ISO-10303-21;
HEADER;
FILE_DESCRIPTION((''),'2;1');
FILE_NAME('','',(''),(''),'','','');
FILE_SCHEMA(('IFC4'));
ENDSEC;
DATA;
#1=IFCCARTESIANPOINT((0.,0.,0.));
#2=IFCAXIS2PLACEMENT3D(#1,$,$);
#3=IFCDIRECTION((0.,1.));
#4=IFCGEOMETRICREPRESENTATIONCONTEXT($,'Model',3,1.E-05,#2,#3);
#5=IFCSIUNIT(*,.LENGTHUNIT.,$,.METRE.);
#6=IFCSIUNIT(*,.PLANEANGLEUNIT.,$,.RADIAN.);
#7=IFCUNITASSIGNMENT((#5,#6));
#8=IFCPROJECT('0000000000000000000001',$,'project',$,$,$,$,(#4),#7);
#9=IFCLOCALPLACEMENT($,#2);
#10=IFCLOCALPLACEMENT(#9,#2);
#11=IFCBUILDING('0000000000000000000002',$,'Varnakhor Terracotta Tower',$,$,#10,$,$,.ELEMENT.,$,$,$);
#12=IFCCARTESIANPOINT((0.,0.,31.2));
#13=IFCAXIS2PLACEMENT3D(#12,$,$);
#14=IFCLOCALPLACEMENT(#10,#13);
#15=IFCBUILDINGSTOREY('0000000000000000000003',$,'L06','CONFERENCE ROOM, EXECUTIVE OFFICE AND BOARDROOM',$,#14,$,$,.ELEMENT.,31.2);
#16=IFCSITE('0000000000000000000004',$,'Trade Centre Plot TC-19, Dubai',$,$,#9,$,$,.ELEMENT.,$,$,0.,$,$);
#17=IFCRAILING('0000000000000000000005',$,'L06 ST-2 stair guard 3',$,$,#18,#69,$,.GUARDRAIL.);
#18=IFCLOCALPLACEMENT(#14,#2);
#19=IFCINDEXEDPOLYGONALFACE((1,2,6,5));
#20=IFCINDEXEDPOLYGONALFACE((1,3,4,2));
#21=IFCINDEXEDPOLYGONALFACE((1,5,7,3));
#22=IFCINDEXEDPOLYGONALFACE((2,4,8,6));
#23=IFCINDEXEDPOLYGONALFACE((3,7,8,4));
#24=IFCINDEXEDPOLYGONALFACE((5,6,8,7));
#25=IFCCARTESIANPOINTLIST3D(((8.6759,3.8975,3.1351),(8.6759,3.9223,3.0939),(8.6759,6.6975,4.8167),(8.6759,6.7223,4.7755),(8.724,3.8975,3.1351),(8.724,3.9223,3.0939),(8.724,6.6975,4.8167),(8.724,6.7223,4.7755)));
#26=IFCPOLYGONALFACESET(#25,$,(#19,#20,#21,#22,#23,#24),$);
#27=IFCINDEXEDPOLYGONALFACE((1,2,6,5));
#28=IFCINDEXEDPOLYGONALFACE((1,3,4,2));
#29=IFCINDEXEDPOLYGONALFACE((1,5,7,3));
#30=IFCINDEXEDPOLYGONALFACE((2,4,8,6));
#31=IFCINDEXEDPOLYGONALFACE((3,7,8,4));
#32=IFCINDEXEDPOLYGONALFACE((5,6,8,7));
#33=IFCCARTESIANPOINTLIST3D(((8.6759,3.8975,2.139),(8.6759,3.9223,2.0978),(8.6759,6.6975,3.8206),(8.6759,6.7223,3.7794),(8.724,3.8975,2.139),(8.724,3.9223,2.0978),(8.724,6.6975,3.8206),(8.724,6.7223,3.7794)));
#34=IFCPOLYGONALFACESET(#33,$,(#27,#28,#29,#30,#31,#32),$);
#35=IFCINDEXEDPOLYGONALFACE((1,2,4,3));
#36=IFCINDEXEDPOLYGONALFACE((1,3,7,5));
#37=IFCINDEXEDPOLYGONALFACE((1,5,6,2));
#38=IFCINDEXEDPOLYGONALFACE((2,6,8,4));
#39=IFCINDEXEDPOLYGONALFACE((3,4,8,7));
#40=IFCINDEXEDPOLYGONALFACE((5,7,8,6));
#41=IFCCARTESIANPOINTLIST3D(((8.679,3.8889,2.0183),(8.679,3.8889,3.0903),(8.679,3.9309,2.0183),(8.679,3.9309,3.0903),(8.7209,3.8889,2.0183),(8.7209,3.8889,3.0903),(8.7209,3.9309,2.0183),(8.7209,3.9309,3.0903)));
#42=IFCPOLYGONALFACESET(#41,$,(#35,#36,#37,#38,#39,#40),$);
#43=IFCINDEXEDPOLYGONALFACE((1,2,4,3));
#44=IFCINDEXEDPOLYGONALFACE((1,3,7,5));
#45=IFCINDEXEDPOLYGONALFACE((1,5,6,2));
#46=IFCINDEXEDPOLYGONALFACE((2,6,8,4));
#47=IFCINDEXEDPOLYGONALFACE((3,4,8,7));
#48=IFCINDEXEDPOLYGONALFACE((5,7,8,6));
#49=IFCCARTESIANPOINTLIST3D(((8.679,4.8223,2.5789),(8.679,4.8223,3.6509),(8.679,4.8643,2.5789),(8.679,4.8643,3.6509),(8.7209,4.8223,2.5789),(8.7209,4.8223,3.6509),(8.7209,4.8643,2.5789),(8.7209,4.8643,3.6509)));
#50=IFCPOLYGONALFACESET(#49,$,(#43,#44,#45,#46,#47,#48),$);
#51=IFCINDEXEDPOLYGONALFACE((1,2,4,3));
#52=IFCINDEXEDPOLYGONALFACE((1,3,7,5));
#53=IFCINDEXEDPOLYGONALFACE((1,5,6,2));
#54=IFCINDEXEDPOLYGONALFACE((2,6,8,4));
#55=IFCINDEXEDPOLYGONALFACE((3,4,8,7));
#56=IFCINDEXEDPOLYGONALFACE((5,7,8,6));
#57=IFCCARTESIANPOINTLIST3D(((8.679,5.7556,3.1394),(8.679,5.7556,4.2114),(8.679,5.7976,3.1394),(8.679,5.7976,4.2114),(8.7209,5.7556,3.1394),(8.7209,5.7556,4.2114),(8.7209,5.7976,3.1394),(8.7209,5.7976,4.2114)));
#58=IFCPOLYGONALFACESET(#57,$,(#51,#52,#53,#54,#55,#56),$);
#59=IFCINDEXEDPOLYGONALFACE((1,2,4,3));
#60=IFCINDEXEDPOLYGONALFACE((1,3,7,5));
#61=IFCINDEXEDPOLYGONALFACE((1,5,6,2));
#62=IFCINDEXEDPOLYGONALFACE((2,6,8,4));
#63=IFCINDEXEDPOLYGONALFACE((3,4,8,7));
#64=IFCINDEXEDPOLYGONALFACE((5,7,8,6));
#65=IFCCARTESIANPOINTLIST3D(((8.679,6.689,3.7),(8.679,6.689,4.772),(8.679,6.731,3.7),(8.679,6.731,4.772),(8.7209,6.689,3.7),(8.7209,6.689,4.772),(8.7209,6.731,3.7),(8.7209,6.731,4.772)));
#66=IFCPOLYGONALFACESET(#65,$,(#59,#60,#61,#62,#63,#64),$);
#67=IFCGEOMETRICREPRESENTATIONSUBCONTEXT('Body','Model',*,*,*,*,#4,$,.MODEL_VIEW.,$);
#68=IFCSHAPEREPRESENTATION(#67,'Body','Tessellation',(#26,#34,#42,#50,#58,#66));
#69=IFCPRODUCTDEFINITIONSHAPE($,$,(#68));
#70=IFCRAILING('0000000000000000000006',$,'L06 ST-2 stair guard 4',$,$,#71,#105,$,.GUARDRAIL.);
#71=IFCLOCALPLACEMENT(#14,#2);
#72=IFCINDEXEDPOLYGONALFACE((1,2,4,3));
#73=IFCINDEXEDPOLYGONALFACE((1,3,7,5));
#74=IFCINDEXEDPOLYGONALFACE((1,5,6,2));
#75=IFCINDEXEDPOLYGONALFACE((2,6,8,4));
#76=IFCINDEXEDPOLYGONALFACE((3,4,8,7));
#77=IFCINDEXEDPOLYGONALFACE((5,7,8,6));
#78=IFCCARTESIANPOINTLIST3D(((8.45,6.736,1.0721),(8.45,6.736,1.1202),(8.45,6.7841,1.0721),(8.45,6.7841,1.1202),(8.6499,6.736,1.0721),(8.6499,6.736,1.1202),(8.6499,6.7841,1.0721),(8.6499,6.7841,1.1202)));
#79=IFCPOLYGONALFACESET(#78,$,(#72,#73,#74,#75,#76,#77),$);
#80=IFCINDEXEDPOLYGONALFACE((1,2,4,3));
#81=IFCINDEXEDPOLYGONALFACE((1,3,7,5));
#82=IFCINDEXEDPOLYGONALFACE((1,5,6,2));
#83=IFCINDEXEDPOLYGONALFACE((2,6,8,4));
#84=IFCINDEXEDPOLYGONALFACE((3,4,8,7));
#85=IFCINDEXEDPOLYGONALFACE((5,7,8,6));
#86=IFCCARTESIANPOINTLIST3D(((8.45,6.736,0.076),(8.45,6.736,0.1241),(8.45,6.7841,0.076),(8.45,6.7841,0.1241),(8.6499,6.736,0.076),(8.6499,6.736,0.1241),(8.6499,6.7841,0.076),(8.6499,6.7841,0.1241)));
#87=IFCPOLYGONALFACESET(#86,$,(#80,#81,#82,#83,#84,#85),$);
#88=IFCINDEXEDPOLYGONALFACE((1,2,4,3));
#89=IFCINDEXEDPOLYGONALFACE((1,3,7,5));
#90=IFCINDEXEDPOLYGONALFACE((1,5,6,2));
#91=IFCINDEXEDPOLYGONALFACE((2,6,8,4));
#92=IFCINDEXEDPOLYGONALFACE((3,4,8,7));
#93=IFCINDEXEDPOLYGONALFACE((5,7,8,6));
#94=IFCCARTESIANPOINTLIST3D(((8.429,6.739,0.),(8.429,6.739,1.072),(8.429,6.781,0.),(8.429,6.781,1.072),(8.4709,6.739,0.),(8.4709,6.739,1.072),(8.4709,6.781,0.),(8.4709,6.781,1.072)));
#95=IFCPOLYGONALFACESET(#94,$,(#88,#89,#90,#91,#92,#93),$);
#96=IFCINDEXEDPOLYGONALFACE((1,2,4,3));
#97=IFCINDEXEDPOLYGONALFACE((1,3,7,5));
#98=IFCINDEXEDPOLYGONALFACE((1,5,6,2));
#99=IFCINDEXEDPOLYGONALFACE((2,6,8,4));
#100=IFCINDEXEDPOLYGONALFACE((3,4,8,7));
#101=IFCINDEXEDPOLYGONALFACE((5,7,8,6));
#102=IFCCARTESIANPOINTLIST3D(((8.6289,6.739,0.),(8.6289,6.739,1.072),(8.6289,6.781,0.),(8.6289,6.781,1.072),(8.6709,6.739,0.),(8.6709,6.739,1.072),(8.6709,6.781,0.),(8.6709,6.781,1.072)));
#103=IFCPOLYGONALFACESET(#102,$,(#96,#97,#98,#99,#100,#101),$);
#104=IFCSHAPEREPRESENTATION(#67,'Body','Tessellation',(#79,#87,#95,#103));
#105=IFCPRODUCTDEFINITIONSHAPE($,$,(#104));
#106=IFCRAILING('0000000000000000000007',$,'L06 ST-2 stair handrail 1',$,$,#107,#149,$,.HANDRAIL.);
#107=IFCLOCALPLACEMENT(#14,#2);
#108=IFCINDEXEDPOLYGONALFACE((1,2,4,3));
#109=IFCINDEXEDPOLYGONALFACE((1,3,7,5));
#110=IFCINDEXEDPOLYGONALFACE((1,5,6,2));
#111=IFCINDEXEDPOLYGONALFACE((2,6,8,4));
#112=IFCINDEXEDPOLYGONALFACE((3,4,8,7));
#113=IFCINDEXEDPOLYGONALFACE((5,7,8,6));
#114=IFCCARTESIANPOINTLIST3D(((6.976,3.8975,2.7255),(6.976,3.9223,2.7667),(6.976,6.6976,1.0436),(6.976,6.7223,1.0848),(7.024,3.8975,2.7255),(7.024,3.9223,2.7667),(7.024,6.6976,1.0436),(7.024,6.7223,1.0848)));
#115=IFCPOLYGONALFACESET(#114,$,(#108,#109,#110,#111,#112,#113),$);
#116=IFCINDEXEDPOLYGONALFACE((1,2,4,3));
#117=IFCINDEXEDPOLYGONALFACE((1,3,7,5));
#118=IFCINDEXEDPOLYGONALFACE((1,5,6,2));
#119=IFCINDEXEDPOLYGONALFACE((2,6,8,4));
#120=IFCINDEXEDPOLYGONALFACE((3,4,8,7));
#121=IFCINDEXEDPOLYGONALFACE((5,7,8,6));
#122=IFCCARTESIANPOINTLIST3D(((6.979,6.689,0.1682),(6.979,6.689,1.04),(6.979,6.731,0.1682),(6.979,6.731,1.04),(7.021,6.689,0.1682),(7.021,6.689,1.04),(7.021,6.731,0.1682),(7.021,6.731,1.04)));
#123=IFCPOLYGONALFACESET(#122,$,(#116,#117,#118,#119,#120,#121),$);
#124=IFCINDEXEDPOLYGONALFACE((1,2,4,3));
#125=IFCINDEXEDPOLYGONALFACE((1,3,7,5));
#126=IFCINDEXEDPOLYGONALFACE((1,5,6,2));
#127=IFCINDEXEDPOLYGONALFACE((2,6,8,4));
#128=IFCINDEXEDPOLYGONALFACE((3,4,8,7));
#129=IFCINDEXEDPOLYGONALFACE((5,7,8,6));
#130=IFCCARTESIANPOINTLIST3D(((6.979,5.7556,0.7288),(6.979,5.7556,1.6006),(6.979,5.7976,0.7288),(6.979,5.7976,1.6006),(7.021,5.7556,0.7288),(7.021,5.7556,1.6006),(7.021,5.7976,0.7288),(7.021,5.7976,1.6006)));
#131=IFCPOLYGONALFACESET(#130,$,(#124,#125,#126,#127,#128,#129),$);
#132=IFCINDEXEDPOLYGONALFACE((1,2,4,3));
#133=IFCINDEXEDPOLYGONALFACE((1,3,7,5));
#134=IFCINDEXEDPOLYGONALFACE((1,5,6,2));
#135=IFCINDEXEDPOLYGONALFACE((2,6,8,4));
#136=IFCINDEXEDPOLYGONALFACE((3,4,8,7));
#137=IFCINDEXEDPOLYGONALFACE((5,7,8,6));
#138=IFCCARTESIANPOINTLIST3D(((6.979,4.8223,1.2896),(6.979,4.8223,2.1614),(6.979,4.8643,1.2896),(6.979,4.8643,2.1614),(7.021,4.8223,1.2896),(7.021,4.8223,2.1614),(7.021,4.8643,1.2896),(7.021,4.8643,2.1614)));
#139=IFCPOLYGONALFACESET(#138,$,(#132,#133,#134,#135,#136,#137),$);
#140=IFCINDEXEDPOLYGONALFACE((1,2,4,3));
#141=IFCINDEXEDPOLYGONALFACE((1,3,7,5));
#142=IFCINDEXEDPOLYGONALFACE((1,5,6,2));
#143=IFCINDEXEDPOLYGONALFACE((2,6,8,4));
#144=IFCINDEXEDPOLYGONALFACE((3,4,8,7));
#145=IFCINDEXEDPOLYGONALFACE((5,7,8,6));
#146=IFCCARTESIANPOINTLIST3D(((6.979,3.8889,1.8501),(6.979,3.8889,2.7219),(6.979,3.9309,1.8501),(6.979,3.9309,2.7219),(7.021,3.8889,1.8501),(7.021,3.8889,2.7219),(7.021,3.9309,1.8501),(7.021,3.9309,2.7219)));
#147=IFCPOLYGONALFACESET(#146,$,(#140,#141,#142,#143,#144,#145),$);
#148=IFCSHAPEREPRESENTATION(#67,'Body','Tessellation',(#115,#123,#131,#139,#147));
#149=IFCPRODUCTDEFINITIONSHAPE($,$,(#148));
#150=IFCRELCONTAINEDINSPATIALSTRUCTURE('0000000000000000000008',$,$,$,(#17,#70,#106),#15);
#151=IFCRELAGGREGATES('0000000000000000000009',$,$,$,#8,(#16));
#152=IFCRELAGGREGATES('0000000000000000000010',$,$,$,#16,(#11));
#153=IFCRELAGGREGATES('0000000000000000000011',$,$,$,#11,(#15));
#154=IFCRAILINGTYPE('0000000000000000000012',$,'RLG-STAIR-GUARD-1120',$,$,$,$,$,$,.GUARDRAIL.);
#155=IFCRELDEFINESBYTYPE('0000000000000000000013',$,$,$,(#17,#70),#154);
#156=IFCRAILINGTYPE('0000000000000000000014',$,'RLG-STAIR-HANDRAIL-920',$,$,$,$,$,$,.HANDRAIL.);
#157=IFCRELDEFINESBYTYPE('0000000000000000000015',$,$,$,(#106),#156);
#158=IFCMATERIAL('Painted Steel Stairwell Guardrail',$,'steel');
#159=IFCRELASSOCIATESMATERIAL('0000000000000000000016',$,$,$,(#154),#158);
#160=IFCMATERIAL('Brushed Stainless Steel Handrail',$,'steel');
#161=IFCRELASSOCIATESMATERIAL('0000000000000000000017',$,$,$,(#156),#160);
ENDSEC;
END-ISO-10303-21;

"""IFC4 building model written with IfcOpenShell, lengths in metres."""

from ifc_helpers import new_model, si_unit, direction, frame, origin, origin_2d, place, context, subcontext, project, spatial, rectangle, extrude, material, type_object, element, save


model = new_model("IFC4")

# Units and contexts
model_context = context("Model", 3, precision=1e-05, world=origin(), true_north=direction((0.0, 1.0)))
body_context = subcontext(model_context, "Body", "Model", "MODEL_VIEW")
ifc_project = project(units=[si_unit("LENGTHUNIT", "METRE"), si_unit("PLANEANGLEUNIT", "RADIAN")], contexts=[model_context])

# Site, building, storey
site_placement = place(None, origin())
site = spatial("IfcSite", under=ifc_project, at=site_placement, Name="Trade Centre Plot TC-19, Dubai", CompositionType="ELEMENT", RefElevation=0.0)
building_placement = place(site_placement, origin())
building = spatial("IfcBuilding", under=site, at=building_placement, Name="Varnakhor Terracotta Tower", CompositionType="ELEMENT")
storey_placement = place(building_placement, frame((0.0, 0.0, 31.2)))
storey = spatial("IfcBuildingStorey", under=building, at=storey_placement, Name="L06", Description="CONFERENCE ROOM, EXECUTIVE OFFICE AND BOARDROOM", CompositionType="ELEMENT", Elevation=31.2)

# Railings
ifc_material_1 = material(Name="Painted Steel Stairwell Guardrail", Category="steel")
railing_type_1 = type_object("IfcRailingType", Name="RLG-STAIR-GUARD-1120", PredefinedType="GUARDRAIL", material=ifc_material_1)
railing_1_placement = place(storey_placement, frame((8.7, 3.9099, 2.0183)))
element("IfcRailing", 1, at=railing_1_placement, inside=storey, type_object=railing_type_1, Name="L06 ST-2 stair guard 3", PredefinedType="GUARDRAIL", context=body_context, shape_type="SweptSolid", body=[
    extrude(rectangle(XDim=0.0481, YDim=0.0481, at=origin_2d()), frame((0.0, 0.0, 1.0962), z_axis=(0.0, 0.857275, 0.514858), x_axis=(-1.0, 0.0, 0.0)), (0.0, 0.0, 1.0), 3.2661),
    extrude(rectangle(XDim=0.0481, YDim=0.0481, at=origin_2d()), frame((0.0, 0.0, 0.1001), z_axis=(0.0, 0.857275, 0.514858), x_axis=(-1.0, 0.0, 0.0)), (0.0, 0.0, 1.0), 3.2661),
    extrude(rectangle(XDim=0.042, YDim=0.042, at=origin_2d()), origin(), (0.0, 0.0, 1.0), 1.072),
    extrude(rectangle(XDim=0.042, YDim=0.042, at=origin_2d()), frame((0.0, 0.9333, 0.5605)), (0.0, 0.0, 1.0), 1.072),
    extrude(rectangle(XDim=0.042, YDim=0.042, at=origin_2d()), frame((0.0, 1.8667, 1.1211)), (0.0, 0.0, 1.0), 1.072),
    extrude(rectangle(XDim=0.042, YDim=0.042, at=origin_2d()), frame((0.0, 2.8, 1.6816)), (0.0, 0.0, 1.0), 1.072),
])
railing_2_placement = place(storey_placement, frame((8.45, 6.76, 0.0)))
element("IfcRailing", 2, at=railing_2_placement, inside=storey, type_object=railing_type_1, Name="L06 ST-2 stair guard 4", PredefinedType="GUARDRAIL", context=body_context, shape_type="SweptSolid", body=[
    extrude(rectangle(XDim=0.0481, YDim=0.0481, at=origin_2d()), frame((0.0, 0.0, 1.0962), z_axis=(1.0, 0.0, 0.0), x_axis=(0.0, 1.0, 0.0)), (0.0, 0.0, 1.0), 0.2),
    extrude(rectangle(XDim=0.0481, YDim=0.0481, at=origin_2d()), frame((0.0, 0.0, 0.1001), z_axis=(1.0, 0.0, 0.0), x_axis=(0.0, 1.0, 0.0)), (0.0, 0.0, 1.0), 0.2),
    extrude(rectangle(XDim=0.042, YDim=0.042, at=origin_2d()), origin(), (0.0, 0.0, 1.0), 1.072),
    extrude(rectangle(XDim=0.042, YDim=0.042, at=origin_2d()), frame((0.2, 0.0, 0.0)), (0.0, 0.0, 1.0), 1.072),
])
ifc_material_2 = material(Name="Brushed Stainless Steel Handrail", Category="steel")
railing_type_2 = type_object("IfcRailingType", Name="RLG-STAIR-HANDRAIL-920", PredefinedType="HANDRAIL", material=ifc_material_2)
railing_3_placement = place(storey_placement, frame((7.0, 6.71, 0.1682)))
element("IfcRailing", 3, at=railing_3_placement, inside=storey, type_object=railing_type_2, Name="L06 ST-2 stair handrail 1", PredefinedType="HANDRAIL", context=body_context, shape_type="SweptSolid", body=[
    extrude(rectangle(XDim=0.0481, YDim=0.0481, at=origin_2d()), frame((0.0, 0.0, 0.896), z_axis=(0.0, -0.857242, 0.514913), x_axis=(1.0, 0.0, 0.0)), (0.0, 0.0, 1.0), 3.2664),
    extrude(rectangle(XDim=0.042, YDim=0.042, at=origin_2d()), origin(), (0.0, 0.0, 1.0), 0.8718),
    extrude(rectangle(XDim=0.042, YDim=0.042, at=origin_2d()), frame((0.0, -0.9333, 0.5605)), (0.0, 0.0, 1.0), 0.8718),
    extrude(rectangle(XDim=0.042, YDim=0.042, at=origin_2d()), frame((0.0, -1.8667, 1.1213)), (0.0, 0.0, 1.0), 0.8718),
    extrude(rectangle(XDim=0.042, YDim=0.042, at=origin_2d()), frame((0.0, -2.8, 1.6819)), (0.0, 0.0, 1.0), 0.8718),
])

save(model, "model.ifc")
